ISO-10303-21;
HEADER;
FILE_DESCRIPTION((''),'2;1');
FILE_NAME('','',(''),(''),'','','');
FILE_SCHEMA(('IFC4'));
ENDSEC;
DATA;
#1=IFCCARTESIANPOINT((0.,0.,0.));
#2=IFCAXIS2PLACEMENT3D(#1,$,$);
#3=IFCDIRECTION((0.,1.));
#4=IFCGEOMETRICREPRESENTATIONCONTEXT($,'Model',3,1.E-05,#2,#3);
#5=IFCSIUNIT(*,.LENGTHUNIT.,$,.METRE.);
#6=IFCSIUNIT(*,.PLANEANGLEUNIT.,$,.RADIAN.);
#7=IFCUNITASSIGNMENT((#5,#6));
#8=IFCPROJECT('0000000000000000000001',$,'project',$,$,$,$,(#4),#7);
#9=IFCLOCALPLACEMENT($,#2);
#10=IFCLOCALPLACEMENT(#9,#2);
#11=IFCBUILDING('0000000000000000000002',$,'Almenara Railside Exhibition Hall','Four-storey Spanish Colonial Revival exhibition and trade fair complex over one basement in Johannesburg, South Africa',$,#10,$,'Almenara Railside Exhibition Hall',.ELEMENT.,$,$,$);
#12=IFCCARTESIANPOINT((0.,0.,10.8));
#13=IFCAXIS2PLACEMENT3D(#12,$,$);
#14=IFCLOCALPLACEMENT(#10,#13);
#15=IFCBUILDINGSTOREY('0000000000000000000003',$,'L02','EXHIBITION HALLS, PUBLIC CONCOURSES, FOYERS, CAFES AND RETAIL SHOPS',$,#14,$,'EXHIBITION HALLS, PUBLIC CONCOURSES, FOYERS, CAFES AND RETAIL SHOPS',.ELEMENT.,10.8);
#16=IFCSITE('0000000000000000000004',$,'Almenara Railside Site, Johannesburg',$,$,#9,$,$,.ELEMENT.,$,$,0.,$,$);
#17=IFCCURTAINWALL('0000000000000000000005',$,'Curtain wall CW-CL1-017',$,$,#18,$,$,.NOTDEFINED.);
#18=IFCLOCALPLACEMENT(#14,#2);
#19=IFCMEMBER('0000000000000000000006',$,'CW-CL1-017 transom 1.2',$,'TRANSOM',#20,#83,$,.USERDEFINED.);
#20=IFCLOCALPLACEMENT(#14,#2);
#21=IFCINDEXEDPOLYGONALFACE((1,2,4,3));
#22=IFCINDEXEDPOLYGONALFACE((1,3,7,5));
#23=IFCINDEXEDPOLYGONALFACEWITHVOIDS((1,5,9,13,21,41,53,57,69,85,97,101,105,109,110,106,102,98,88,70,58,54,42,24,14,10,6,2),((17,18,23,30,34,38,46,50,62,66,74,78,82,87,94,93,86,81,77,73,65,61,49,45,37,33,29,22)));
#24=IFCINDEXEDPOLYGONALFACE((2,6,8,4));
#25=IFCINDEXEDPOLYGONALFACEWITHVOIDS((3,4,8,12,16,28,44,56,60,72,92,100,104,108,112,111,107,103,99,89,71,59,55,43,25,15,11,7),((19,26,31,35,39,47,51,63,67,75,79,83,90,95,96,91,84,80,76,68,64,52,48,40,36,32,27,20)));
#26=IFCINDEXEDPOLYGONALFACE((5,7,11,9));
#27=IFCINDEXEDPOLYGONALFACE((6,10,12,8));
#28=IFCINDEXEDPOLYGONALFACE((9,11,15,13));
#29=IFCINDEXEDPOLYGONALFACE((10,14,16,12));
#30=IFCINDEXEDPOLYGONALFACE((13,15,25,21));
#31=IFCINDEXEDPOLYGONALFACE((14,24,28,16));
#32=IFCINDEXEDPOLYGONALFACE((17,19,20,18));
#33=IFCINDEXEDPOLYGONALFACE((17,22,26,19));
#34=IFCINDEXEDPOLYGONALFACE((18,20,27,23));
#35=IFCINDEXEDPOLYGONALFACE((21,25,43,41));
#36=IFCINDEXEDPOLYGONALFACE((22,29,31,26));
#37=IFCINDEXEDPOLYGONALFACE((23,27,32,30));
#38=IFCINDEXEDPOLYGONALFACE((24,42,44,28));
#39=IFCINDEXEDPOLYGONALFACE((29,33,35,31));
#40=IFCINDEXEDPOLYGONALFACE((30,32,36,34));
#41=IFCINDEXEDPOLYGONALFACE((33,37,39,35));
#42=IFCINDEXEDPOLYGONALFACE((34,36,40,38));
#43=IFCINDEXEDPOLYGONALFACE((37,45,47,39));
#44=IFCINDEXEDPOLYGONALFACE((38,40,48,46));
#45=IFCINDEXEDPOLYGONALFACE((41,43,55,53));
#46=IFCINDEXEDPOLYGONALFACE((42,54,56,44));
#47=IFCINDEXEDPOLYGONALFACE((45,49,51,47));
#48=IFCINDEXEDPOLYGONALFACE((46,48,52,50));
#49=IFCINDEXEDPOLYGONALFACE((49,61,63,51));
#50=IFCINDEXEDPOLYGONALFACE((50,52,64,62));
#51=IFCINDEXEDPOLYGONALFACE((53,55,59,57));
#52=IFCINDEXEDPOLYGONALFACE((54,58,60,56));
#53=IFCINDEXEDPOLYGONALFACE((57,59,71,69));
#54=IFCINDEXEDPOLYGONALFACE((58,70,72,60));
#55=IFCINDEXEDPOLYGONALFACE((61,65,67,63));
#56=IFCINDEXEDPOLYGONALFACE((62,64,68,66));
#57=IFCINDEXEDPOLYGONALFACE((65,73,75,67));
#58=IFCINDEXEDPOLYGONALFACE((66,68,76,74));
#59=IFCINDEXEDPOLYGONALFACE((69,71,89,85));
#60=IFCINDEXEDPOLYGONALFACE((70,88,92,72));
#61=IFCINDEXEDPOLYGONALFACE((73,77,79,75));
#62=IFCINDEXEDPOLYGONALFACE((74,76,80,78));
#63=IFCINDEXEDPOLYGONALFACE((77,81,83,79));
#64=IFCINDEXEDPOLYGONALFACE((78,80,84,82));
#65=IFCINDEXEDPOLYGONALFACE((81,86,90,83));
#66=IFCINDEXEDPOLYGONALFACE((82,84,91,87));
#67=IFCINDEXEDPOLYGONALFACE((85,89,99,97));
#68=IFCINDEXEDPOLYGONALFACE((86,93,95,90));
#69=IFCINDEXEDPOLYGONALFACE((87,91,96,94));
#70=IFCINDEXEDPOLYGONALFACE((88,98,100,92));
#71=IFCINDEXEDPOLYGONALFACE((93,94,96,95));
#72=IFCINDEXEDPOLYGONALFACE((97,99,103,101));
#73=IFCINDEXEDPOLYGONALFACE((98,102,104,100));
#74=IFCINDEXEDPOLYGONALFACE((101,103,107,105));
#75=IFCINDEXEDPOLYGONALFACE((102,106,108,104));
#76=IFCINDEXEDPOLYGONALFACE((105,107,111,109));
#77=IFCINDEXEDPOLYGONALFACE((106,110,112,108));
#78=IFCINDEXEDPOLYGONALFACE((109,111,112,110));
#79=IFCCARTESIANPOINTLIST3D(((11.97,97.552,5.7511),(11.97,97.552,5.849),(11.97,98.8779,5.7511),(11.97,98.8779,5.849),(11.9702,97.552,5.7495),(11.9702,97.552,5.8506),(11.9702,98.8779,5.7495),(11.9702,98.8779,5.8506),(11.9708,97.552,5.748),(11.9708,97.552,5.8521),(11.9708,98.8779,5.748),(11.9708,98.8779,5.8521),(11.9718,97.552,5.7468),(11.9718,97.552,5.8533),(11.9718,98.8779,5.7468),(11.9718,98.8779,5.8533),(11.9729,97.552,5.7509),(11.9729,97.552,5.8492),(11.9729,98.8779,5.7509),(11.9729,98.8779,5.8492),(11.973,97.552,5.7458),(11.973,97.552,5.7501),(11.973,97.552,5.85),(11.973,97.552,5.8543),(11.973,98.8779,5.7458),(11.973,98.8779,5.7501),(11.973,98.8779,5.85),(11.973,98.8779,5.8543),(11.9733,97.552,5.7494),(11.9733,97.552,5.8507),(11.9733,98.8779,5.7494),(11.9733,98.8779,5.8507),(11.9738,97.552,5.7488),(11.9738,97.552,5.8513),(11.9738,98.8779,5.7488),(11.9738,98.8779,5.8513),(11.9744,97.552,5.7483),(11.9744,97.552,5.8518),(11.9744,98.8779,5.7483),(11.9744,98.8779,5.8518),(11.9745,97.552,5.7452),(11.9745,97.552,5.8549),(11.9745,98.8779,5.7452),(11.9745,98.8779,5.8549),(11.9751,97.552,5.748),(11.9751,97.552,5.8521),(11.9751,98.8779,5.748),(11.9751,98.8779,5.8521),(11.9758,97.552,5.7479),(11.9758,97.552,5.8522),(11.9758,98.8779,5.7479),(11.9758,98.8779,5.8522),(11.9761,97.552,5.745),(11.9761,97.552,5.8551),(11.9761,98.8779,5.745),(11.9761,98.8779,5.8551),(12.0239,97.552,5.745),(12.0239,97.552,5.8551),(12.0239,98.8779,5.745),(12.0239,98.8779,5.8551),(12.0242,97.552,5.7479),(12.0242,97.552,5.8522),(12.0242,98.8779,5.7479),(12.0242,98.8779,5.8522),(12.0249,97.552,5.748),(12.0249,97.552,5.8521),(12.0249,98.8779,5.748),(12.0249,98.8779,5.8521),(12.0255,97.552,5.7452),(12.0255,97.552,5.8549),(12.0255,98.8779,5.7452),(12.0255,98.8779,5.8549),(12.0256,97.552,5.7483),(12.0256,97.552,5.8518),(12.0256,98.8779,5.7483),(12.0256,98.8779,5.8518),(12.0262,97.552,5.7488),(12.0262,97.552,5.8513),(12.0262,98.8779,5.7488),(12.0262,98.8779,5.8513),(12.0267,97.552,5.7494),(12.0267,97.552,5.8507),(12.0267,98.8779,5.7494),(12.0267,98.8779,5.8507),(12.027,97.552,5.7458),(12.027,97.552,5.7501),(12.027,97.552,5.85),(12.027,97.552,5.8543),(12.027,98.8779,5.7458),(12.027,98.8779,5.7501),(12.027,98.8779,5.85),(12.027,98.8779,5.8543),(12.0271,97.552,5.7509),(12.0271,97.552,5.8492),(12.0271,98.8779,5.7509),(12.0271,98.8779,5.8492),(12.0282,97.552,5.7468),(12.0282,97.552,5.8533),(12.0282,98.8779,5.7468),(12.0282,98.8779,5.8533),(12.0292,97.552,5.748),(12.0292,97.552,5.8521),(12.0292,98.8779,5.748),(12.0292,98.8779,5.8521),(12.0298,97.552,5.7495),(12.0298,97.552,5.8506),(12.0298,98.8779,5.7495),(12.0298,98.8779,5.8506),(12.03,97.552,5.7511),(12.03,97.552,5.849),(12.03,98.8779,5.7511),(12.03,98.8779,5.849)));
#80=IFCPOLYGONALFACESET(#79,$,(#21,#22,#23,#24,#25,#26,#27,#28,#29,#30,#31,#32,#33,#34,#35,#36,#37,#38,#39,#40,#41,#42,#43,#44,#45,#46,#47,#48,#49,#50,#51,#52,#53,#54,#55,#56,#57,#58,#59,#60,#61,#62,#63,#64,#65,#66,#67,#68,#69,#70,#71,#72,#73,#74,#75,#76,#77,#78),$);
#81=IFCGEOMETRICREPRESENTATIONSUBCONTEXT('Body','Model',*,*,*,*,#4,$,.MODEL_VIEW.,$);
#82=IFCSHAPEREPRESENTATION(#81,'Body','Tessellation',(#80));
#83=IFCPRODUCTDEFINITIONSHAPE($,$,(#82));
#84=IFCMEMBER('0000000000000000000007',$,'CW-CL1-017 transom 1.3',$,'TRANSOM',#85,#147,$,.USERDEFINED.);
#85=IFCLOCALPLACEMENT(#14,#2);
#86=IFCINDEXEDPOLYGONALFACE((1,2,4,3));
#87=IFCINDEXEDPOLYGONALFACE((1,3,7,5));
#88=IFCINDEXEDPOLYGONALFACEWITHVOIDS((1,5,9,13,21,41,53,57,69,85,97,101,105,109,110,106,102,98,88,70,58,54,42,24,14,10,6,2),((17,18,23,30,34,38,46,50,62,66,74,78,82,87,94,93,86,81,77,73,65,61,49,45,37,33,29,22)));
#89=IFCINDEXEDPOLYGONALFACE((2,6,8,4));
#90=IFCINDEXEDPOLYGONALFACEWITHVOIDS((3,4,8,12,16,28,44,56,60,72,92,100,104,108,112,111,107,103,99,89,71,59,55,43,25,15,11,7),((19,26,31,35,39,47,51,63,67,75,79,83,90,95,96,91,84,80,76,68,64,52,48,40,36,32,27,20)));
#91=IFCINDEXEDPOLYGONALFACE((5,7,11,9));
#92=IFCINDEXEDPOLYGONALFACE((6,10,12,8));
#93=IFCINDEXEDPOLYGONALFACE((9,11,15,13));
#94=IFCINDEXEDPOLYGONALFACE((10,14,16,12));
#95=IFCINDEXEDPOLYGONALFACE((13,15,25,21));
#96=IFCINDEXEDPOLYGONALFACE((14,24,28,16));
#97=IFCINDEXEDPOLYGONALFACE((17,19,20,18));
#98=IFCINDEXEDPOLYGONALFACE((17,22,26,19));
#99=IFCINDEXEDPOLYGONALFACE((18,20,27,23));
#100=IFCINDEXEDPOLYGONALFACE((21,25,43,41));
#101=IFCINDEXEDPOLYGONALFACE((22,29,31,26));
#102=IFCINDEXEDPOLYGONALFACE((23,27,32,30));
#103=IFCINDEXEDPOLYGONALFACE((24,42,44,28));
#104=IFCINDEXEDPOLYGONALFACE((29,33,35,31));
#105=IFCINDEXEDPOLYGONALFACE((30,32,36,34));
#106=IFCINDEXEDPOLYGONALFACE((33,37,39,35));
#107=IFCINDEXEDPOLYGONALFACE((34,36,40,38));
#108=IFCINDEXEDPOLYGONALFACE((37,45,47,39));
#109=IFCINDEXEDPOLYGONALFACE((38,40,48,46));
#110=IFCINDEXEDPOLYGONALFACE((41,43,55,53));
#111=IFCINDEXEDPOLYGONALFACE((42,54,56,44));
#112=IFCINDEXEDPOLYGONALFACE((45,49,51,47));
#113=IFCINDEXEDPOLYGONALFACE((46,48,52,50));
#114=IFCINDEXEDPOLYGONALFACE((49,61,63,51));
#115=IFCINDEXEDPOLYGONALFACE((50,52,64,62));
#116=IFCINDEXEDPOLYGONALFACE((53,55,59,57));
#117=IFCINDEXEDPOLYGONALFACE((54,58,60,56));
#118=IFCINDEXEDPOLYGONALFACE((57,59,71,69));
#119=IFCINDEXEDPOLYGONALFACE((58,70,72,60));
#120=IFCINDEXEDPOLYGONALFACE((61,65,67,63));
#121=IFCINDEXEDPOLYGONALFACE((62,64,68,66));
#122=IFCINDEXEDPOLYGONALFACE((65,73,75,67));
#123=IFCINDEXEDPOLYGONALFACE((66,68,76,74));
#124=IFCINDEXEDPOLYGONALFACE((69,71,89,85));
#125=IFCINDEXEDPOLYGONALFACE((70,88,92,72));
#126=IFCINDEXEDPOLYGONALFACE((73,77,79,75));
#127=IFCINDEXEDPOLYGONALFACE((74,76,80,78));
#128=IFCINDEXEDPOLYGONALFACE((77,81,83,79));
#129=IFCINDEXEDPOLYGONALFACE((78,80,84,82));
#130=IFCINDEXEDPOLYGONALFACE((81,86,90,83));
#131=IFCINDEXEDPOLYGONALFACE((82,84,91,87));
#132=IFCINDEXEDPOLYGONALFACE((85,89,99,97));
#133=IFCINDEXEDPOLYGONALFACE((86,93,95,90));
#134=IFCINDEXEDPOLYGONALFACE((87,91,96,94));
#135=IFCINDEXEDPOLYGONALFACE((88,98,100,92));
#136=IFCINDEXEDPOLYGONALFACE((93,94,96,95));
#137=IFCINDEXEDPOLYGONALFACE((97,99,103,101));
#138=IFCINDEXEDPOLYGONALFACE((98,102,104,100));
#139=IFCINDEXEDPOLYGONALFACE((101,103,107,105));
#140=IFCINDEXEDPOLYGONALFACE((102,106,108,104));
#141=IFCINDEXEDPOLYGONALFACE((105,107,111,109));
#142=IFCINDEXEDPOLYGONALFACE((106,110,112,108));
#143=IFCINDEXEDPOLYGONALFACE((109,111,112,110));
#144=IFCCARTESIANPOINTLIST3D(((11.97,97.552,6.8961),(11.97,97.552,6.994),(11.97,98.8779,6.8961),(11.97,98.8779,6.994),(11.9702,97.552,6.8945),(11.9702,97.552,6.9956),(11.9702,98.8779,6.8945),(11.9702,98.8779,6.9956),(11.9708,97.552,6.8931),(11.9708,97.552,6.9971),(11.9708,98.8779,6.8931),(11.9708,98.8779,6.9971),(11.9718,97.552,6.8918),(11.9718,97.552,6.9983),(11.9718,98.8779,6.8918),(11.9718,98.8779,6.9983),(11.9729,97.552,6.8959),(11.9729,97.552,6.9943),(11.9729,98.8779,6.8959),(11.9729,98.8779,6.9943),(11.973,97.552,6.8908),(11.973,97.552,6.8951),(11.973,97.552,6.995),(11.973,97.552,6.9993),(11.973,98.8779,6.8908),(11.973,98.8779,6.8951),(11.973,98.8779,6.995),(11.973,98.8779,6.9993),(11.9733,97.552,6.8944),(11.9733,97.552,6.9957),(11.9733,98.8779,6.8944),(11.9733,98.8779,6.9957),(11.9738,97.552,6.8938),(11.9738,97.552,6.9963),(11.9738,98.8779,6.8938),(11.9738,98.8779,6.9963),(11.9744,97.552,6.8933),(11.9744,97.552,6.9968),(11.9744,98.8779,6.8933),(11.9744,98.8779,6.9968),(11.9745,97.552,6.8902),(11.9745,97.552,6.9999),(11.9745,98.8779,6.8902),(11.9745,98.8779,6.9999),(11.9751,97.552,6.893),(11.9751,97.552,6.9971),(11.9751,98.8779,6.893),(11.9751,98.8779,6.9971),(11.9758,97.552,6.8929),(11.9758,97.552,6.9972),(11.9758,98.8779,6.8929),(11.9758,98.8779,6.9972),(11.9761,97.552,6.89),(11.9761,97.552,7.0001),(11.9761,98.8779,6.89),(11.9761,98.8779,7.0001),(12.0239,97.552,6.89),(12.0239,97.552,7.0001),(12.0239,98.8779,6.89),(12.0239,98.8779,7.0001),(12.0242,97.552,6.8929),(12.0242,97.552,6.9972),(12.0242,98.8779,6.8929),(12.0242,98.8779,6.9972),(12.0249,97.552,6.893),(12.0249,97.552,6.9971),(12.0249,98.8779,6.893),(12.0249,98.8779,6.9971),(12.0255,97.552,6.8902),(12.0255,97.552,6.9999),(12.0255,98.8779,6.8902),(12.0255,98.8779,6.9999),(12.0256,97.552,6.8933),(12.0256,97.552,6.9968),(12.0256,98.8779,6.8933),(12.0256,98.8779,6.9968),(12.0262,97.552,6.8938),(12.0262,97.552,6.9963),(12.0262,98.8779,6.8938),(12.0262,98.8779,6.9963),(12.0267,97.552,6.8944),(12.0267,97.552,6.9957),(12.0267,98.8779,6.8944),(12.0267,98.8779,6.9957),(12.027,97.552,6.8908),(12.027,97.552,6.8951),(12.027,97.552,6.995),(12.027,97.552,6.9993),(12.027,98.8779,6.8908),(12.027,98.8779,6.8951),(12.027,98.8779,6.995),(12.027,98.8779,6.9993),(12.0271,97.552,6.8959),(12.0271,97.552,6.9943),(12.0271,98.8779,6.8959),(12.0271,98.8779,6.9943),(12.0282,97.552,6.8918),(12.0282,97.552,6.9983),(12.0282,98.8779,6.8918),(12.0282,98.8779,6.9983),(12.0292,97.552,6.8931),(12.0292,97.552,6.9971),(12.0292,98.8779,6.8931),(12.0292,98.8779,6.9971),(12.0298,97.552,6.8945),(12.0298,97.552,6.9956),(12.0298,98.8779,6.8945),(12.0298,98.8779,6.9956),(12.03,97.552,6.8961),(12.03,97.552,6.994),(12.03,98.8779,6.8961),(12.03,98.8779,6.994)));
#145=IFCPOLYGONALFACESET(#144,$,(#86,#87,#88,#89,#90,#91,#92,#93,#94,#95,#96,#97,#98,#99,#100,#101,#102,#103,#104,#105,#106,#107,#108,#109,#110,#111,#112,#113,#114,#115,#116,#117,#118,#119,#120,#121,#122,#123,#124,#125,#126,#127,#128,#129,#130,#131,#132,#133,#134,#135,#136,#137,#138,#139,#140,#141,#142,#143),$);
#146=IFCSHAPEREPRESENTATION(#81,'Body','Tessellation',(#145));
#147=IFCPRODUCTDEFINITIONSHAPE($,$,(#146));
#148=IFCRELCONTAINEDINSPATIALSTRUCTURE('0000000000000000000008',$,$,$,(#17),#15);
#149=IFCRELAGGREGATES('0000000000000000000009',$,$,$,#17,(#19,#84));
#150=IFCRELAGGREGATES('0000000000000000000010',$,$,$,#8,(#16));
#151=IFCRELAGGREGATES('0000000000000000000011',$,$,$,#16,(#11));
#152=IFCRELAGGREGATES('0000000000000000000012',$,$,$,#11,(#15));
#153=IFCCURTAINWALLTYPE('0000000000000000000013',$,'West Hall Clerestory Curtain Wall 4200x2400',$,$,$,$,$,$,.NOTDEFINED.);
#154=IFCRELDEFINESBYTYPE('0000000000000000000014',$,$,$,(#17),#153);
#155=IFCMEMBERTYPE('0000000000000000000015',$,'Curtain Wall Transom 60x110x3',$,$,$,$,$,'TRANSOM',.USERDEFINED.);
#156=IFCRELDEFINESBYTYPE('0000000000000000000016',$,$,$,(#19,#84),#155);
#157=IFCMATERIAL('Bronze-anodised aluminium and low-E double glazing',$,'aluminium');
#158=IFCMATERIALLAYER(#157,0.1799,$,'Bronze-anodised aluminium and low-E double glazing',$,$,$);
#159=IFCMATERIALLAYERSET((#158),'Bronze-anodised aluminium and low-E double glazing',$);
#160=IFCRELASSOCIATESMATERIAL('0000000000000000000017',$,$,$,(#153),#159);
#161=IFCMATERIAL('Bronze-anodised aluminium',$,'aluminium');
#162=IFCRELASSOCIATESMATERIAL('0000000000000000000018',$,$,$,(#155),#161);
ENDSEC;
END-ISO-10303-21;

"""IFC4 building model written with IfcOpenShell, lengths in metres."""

from ifc_helpers import new_model, si_unit, direction, frame, origin, origin_2d, place, context, subcontext, project, spatial, hollow_rectangle, extrude, material, layer, layer_set, material_profile, profile_set, type_object, element, aggregate, save


model = new_model("IFC4")

# Units and contexts
model_context = context("Model", 3, precision=1e-05, world=origin(), true_north=direction((0.0, 1.0)))
body_context = subcontext(model_context, "Body", "Model", "MODEL_VIEW")
ifc_project = project(units=[si_unit("LENGTHUNIT", "METRE"), si_unit("PLANEANGLEUNIT", "RADIAN")], contexts=[model_context])

# Site, building, storey
site_placement = place(None, origin())
site = spatial("IfcSite", under=ifc_project, at=site_placement, Name="Almenara Railside Site, Johannesburg", CompositionType="ELEMENT", RefElevation=0.0)
building_placement = place(site_placement, origin())
building = spatial("IfcBuilding", under=site, at=building_placement, Name="Almenara Railside Exhibition Hall", Description="Four-storey Spanish Colonial Revival exhibition and trade fair complex over one basement in Johannesburg, South Africa", LongName="Almenara Railside Exhibition Hall", CompositionType="ELEMENT")
storey_placement = place(building_placement, frame((0.0, 0.0, 10.8)))
storey = spatial("IfcBuildingStorey", under=building, at=storey_placement, Name="L02", Description="EXHIBITION HALLS, PUBLIC CONCOURSES, FOYERS, CAFES AND RETAIL SHOPS", LongName="EXHIBITION HALLS, PUBLIC CONCOURSES, FOYERS, CAFES AND RETAIL SHOPS", CompositionType="ELEMENT", Elevation=10.8)

# Curtain wall
ifc_material_1 = material(Name="Bronze-anodised aluminium and low-E double glazing", Category="aluminium")
ifc_layer_1 = layer(ifc_material_1, 0.1799, Name="Bronze-anodised aluminium and low-E double glazing")
ifc_layer_set_1 = layer_set([ifc_layer_1], Name="Bronze-anodised aluminium and low-E double glazing")
curtain_wall_type = type_object("IfcCurtainWallType", Name="West Hall Clerestory Curtain Wall 4200x2400", PredefinedType="NOTDEFINED", material=ifc_layer_set_1)
ifc_material_2 = material(Name="Bronze-anodised aluminium", Category="aluminium")
curtain_wall_1_placement = place(storey_placement, origin())
curtain_wall_1 = element("IfcCurtainWall", 1, at=curtain_wall_1_placement, inside=storey, type_object=curtain_wall_type, Name="Curtain wall CW-CL1-017", PredefinedType="NOTDEFINED")

# Members
ifc_material_profile_1 = material_profile(ifc_material_2, hollow_rectangle(XDim=0.0601, YDim=0.1101, WallThickness=0.0029, InnerFilletRadius=0.0029, OuterFilletRadius=0.0061, at=origin_2d()), Name="ALU-TRN 60x110x3")
ifc_profile_set_1 = profile_set([ifc_material_profile_1], Name="Bronze-anodised aluminium")
member_type_1 = type_object("IfcMemberType", Name="Curtain Wall Transom 60x110x3", ElementType="TRANSOM", PredefinedType="USERDEFINED", material=ifc_profile_set_1)
member_1_placement = place(storey_placement, frame((12.0, 97.552, 5.8), z_axis=(0.0, 1.0, 0.0), x_axis=(-1.0, 0.0, 0.0)))
member_1 = element("IfcMember", 2, at=member_1_placement, type_object=member_type_1, Name="CW-CL1-017 transom 1.2", ObjectType="TRANSOM", PredefinedType="USERDEFINED", context=body_context, shape_type="SweptSolid", body=[
    extrude(hollow_rectangle(XDim=0.0601, YDim=0.1101, WallThickness=0.0029, InnerFilletRadius=0.0029, OuterFilletRadius=0.0061, at=origin_2d()), origin(), (0.0, 0.0, 1.0), 1.3259),
])
member_2_placement = place(storey_placement, frame((12.0, 97.552, 6.9451), z_axis=(0.0, 1.0, 0.0), x_axis=(-1.0, 0.0, 0.0)))
member_2 = element("IfcMember", 3, at=member_2_placement, type_object=member_type_1, Name="CW-CL1-017 transom 1.3", ObjectType="TRANSOM", PredefinedType="USERDEFINED", context=body_context, shape_type="SweptSolid", body=[
    extrude(hollow_rectangle(XDim=0.0601, YDim=0.1101, WallThickness=0.0029, InnerFilletRadius=0.0029, OuterFilletRadius=0.0061, at=origin_2d()), origin(), (0.0, 0.0, 1.0), 1.3259),
])

aggregate(curtain_wall_1, [member_1, member_2])

save(model, "model.ifc")
